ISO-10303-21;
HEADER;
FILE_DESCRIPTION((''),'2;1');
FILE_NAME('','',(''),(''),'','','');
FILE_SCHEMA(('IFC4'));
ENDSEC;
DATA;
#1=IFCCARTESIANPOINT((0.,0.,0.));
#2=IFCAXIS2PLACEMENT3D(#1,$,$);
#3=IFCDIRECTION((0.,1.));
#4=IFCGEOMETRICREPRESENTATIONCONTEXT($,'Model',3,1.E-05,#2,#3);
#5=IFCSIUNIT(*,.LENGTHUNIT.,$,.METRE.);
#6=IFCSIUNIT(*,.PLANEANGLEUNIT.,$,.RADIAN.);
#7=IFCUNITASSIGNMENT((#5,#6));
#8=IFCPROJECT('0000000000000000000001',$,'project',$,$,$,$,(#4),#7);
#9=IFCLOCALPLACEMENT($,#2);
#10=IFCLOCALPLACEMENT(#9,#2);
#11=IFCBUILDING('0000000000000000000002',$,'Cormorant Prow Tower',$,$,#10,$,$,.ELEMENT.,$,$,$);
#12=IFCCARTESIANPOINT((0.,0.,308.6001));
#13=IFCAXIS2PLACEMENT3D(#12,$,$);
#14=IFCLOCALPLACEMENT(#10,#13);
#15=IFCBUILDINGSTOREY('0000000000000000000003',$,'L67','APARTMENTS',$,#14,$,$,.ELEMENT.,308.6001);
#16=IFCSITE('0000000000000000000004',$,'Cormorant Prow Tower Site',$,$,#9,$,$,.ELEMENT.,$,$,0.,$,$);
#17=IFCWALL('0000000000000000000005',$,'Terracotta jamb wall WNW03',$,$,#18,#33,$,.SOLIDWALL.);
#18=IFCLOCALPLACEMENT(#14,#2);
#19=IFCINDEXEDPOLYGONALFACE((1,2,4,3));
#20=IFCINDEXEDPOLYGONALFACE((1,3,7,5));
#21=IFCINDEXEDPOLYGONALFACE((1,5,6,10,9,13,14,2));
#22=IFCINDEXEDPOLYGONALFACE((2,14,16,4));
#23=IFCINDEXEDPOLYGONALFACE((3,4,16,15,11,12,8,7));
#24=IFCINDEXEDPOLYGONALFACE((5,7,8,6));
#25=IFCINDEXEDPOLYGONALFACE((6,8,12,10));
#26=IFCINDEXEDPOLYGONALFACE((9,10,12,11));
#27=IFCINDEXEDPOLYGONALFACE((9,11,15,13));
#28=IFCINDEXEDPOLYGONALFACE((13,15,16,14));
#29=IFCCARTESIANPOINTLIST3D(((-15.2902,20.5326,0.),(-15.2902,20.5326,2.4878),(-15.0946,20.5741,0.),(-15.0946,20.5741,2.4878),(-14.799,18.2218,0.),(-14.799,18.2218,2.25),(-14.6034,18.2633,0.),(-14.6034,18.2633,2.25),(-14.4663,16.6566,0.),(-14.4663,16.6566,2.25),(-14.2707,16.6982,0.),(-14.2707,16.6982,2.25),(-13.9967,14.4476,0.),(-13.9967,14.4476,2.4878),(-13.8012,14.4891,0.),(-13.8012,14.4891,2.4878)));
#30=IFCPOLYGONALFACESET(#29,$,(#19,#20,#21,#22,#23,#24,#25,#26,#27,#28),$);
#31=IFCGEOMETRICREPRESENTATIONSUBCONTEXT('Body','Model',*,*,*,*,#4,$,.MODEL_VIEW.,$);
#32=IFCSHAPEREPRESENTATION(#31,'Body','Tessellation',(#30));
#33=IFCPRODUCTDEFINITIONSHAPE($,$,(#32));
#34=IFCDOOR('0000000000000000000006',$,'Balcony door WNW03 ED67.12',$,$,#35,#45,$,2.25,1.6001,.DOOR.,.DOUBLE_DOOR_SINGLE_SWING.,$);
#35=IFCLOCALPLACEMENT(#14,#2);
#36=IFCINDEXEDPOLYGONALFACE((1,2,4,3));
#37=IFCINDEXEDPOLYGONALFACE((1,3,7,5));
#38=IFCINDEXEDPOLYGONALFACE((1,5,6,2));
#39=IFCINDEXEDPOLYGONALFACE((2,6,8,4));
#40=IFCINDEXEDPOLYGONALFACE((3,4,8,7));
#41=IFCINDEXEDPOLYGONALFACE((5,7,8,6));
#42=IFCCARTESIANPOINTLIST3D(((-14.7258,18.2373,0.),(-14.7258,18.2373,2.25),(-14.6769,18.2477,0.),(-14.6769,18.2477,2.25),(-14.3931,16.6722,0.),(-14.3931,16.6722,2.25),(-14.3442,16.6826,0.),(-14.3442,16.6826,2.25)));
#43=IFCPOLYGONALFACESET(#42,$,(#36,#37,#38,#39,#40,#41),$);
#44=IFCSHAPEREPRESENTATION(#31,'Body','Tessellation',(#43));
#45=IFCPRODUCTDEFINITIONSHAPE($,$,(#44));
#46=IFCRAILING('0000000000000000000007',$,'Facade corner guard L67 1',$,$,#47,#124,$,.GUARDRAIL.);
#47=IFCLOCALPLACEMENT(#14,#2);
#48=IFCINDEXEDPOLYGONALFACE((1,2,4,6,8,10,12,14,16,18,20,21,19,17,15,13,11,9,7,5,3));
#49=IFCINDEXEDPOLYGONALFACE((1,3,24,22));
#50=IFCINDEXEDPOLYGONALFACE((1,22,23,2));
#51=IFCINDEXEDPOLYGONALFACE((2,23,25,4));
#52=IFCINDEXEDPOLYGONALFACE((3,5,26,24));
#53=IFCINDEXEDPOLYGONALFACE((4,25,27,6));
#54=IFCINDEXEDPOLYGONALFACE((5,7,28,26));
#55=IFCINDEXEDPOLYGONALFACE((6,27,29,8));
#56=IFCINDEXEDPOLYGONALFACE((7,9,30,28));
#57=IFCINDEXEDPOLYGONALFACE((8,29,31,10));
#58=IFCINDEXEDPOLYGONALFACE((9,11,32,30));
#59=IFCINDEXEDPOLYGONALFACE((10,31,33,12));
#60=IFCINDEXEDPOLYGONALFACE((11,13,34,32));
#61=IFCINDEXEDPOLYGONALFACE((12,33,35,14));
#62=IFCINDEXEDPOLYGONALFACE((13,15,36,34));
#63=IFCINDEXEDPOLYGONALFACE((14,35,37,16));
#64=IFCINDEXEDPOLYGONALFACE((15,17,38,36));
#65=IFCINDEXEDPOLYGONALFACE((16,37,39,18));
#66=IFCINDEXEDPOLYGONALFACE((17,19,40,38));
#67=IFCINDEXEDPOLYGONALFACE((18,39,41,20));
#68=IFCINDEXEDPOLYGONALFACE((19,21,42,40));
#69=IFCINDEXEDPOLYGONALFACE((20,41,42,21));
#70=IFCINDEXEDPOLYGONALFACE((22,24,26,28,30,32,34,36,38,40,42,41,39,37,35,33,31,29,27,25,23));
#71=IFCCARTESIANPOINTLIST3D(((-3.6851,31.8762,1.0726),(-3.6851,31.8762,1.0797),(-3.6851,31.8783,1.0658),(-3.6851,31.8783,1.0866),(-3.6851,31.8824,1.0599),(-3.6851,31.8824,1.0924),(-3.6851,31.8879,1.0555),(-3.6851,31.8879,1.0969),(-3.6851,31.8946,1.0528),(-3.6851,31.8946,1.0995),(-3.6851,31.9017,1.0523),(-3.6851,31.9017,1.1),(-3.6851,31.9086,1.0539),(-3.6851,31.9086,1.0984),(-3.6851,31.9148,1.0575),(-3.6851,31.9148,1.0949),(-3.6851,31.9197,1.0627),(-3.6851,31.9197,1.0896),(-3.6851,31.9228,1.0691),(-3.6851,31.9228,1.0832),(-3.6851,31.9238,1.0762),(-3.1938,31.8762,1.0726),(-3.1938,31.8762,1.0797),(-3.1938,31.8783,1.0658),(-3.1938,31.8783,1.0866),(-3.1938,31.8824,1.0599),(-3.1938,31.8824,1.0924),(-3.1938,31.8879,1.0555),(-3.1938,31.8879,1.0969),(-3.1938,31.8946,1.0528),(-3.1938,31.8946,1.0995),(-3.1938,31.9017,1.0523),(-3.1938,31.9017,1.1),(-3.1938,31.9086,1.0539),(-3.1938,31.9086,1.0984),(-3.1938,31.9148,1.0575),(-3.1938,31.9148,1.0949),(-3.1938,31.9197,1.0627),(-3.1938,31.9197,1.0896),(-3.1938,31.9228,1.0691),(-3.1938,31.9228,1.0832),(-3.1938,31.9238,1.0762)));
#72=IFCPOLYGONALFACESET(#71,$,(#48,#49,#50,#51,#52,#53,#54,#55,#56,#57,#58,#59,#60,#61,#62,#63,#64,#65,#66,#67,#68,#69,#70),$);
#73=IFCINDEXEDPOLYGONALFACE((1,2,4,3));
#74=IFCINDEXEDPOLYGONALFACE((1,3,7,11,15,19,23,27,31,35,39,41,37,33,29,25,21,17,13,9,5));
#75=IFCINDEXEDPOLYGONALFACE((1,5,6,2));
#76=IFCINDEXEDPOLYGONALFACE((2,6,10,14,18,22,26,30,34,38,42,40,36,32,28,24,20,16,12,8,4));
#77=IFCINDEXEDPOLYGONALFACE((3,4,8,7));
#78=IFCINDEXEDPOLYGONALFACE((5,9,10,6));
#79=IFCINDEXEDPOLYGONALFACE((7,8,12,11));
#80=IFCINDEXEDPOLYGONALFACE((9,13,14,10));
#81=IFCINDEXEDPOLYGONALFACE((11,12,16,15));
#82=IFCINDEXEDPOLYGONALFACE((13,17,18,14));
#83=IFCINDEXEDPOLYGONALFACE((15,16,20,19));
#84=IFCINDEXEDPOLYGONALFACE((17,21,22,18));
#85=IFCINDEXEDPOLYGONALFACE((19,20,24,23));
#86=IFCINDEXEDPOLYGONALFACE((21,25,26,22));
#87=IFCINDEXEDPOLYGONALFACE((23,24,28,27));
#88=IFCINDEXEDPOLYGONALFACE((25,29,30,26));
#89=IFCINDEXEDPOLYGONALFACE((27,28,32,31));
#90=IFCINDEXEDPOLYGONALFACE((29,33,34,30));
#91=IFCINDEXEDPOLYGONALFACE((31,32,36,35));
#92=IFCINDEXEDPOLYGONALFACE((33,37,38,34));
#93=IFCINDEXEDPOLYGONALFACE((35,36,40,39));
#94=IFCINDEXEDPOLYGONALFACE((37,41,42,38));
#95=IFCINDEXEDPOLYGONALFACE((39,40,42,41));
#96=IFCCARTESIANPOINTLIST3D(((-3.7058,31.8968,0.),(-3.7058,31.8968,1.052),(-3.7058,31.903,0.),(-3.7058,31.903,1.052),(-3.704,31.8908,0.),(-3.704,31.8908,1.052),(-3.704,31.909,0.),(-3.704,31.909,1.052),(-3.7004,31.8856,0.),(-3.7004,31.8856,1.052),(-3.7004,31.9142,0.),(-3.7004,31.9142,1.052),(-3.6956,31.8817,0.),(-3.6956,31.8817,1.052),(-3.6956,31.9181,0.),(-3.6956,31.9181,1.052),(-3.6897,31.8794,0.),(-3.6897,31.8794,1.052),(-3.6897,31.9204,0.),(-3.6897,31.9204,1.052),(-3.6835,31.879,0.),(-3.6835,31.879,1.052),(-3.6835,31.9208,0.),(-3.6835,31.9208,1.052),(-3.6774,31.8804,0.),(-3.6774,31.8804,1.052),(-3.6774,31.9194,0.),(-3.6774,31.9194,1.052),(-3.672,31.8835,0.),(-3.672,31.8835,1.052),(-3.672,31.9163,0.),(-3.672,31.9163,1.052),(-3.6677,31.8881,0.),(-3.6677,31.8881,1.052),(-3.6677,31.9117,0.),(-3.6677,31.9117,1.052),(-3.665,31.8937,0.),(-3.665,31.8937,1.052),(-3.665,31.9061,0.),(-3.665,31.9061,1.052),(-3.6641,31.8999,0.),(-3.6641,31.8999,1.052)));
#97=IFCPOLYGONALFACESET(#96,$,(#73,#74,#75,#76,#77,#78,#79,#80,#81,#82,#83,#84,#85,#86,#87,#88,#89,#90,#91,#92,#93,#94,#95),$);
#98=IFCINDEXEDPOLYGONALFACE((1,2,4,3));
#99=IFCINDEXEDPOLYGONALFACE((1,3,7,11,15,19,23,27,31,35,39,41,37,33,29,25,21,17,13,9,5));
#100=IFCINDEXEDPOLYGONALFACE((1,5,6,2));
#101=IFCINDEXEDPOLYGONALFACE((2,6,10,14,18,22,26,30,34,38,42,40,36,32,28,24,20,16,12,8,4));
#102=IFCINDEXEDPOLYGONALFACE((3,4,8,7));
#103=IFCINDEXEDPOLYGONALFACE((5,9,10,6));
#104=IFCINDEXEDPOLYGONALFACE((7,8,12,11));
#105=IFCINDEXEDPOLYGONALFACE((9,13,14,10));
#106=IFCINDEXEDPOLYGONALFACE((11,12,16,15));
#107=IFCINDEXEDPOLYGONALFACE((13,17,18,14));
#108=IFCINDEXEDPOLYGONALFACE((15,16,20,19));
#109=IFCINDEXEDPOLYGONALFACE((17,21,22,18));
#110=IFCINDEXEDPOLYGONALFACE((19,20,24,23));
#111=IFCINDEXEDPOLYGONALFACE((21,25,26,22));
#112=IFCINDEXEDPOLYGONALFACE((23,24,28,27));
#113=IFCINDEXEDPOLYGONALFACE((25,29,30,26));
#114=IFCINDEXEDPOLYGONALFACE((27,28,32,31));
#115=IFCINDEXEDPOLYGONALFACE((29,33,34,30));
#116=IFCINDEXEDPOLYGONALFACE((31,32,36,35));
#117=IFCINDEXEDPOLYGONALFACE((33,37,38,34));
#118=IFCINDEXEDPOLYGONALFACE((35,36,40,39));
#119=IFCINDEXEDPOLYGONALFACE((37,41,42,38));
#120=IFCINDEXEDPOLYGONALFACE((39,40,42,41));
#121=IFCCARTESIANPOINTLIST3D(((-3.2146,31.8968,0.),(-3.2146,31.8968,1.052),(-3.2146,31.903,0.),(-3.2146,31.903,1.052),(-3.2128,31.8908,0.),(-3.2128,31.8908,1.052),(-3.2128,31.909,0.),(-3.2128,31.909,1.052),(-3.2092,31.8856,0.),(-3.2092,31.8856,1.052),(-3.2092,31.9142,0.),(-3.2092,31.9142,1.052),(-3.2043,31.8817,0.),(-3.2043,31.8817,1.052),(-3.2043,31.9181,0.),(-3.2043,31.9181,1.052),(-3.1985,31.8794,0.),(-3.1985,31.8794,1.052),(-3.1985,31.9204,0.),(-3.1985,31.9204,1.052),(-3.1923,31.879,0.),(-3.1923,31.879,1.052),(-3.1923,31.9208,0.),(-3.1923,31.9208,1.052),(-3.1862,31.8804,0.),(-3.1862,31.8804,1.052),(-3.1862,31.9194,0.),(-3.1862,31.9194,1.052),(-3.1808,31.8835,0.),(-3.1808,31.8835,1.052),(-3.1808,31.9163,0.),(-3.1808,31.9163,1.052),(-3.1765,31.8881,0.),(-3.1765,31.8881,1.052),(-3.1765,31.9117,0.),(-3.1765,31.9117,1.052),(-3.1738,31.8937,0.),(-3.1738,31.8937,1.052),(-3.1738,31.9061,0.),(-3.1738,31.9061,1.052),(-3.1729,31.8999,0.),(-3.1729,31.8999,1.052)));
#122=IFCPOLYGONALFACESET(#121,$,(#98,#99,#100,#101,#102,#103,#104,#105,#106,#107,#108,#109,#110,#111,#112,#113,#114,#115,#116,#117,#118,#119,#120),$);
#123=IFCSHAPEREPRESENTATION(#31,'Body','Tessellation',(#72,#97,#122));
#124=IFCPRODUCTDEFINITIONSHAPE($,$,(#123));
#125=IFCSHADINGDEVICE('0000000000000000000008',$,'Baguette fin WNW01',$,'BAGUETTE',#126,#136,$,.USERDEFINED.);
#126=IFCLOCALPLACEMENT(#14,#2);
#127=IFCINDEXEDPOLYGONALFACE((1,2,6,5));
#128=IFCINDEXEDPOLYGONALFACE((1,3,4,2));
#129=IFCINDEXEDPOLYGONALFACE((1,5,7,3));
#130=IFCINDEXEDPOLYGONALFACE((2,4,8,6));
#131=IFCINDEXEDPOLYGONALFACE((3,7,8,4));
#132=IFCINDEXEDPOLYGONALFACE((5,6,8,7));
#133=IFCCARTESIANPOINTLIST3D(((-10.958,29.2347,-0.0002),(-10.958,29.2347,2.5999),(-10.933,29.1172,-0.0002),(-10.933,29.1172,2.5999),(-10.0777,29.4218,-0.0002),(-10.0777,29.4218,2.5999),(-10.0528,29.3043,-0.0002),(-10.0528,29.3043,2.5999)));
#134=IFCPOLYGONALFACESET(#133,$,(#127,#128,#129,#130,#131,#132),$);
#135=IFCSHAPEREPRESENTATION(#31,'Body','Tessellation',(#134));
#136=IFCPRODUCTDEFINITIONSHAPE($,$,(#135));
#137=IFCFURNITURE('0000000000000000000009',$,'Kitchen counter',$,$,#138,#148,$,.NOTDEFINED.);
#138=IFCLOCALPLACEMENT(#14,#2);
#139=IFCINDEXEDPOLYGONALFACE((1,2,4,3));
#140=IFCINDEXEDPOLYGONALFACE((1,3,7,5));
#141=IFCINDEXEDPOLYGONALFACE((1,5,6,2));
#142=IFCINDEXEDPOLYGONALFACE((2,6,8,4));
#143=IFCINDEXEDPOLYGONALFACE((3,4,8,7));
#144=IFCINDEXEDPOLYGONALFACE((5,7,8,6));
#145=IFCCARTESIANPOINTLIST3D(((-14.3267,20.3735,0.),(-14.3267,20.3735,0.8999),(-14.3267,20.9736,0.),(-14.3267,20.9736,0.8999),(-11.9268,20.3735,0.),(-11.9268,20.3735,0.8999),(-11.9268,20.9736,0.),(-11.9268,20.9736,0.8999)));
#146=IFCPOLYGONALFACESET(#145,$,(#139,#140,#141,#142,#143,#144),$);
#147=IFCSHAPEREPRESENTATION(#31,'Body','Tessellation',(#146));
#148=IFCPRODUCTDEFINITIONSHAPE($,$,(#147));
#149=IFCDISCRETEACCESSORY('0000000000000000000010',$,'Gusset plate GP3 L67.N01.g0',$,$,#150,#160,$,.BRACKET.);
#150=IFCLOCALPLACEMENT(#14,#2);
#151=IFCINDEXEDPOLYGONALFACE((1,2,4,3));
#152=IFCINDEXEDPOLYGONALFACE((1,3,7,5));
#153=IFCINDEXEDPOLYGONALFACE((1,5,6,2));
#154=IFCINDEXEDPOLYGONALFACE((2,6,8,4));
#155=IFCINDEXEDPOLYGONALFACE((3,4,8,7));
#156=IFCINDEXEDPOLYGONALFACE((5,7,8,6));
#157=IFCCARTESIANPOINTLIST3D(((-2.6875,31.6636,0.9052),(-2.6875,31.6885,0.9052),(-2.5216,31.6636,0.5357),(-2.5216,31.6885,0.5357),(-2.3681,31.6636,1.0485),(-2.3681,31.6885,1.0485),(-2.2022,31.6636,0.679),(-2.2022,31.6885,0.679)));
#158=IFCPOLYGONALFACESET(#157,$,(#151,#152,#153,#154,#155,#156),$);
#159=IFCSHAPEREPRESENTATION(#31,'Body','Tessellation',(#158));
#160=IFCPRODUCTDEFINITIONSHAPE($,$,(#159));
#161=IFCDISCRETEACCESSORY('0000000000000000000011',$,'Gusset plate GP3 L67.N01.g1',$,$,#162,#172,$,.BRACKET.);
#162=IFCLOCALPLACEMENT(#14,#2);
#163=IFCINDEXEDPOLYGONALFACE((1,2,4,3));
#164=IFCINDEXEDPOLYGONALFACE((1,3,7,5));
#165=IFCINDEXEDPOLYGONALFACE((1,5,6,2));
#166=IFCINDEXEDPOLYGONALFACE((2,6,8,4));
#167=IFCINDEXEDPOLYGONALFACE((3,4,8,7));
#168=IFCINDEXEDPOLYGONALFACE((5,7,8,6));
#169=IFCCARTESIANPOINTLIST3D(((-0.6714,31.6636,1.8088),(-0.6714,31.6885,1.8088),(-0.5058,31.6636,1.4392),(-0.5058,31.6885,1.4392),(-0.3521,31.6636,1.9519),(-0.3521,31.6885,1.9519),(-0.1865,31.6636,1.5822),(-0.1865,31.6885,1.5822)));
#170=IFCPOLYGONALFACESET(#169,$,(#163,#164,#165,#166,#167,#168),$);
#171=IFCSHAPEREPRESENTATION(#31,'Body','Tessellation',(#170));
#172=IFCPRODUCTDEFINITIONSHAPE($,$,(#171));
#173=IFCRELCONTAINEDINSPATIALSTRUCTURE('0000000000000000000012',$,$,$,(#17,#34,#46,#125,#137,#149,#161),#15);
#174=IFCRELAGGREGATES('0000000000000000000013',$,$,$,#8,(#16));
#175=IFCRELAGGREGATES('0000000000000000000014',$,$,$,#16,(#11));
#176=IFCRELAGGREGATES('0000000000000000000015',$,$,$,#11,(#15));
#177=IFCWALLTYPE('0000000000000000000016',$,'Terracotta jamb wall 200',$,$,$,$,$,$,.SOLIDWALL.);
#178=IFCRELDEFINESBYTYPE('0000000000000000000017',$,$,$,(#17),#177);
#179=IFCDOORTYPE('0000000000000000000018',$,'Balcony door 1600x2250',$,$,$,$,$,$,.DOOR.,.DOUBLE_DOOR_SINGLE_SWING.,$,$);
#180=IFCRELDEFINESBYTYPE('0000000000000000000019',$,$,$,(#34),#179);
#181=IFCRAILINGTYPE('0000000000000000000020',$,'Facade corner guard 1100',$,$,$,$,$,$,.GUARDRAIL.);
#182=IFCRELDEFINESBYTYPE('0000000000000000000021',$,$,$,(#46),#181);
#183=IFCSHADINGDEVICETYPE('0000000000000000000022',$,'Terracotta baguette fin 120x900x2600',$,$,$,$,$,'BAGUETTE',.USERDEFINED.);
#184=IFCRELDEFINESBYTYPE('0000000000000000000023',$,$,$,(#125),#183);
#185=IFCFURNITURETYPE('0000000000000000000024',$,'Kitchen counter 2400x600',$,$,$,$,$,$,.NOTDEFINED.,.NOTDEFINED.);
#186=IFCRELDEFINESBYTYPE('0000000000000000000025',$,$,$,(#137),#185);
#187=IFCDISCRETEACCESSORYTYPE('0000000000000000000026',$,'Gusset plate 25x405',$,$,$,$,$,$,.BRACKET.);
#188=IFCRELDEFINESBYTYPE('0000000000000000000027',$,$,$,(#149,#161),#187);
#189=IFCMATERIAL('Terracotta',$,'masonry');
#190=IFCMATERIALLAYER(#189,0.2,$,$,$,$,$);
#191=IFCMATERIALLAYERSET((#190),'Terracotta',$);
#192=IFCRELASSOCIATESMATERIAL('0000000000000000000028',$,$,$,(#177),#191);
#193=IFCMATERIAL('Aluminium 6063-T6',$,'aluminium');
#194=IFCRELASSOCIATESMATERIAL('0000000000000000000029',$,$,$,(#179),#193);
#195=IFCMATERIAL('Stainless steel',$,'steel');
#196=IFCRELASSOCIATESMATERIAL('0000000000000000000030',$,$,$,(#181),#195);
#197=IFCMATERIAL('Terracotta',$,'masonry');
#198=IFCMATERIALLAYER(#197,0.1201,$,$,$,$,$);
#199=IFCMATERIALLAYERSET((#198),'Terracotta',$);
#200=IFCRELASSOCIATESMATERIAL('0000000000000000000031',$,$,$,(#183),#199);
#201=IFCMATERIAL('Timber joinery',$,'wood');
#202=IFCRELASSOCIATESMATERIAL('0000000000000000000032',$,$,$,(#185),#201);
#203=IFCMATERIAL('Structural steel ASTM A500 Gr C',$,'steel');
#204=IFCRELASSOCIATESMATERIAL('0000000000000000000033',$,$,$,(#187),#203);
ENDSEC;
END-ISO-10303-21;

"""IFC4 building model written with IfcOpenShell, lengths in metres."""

from ifc_helpers import new_model, si_unit, direction, frame, frame_2d, origin, origin_2d, place, context, subcontext, project, spatial, rectangle, circle, extrude, material, layer, layer_set, material_profile, profile_set, type_object, element, fill, save


model = new_model("IFC4")

# Units and contexts
model_context = context("Model", 3, precision=1e-05, world=origin(), true_north=direction((0.0, 1.0)))
body_context = subcontext(model_context, "Body", "Model", "MODEL_VIEW")
ifc_project = project(units=[si_unit("LENGTHUNIT", "METRE"), si_unit("PLANEANGLEUNIT", "RADIAN")], contexts=[model_context])

# Site, building, storey
site_placement = place(None, origin())
site = spatial("IfcSite", under=ifc_project, at=site_placement, Name="Cormorant Prow Tower Site", CompositionType="ELEMENT", RefElevation=0.0)
building_placement = place(site_placement, origin())
building = spatial("IfcBuilding", under=site, at=building_placement, Name="Cormorant Prow Tower", CompositionType="ELEMENT")
storey_placement = place(building_placement, frame((0.0, 0.0, 308.6001)))
storey = spatial("IfcBuildingStorey", under=building, at=storey_placement, Name="L67", Description="APARTMENTS", CompositionType="ELEMENT", Elevation=308.6001)

# Wall, opening, door
ifc_material_1 = material(Name="Terracotta", Category="masonry")
ifc_layer_1 = layer(ifc_material_1, 0.2)
ifc_layer_set_1 = layer_set([ifc_layer_1], Name="Terracotta")
wall_type_1 = type_object("IfcWallType", Name="Terracotta jamb wall 200", PredefinedType="SOLIDWALL", material=ifc_layer_set_1)
ifc_material_2 = material(Name="Aluminium 6063-T6", Category="aluminium")
door_type = type_object("IfcDoorType", Name="Balcony door 1600x2250", OperationType="DOUBLE_DOOR_SINGLE_SWING", PredefinedType="DOOR", material=ifc_material_2)
wall_1_placement = place(storey_placement, frame((-15.1924, 20.5532, 0.0), z_axis=(0.0, 0.0, 1.0), x_axis=(0.207921, -0.978146, 0.0)))
wall_1 = element("IfcWall", 1, at=wall_1_placement, inside=storey, type_object=wall_type_1, Name="Terracotta jamb wall WNW03", PredefinedType="SOLIDWALL", context=body_context, shape_type="SweptSolid", body=[
    extrude(rectangle(XDim=6.2209, YDim=0.2, at=frame_2d((3.1104, 0.0))), origin(), (0.0, 0.0, 1.0), 2.4878),
])
opening_1_placement = place(wall_1_placement, frame((2.3623, 0.0, 0.0)))
opening_1 = element("IfcOpeningElement", 2, at=opening_1_placement, cuts=wall_1, PredefinedType="OPENING", context=body_context, shape_type="SweptSolid", body=[
    extrude(rectangle(XDim=1.6001, YDim=2.25, at=frame_2d((0.8, 1.125))), frame((0.0, 0.1099, 0.0), z_axis=(0.0, -1.0, 0.0), x_axis=(1.0, 0.0, 0.0)), (0.0, 0.0, 1.0), 0.22),
])
door_1_placement = place(opening_1_placement, origin())
door_1 = element("IfcDoor", 3, at=door_1_placement, inside=storey, type_object=door_type, Name="Balcony door WNW03 ED67.12", OperationType="DOUBLE_DOOR_SINGLE_SWING", OverallHeight=2.25, OverallWidth=1.6001, PredefinedType="DOOR", context=body_context, shape_type="SweptSolid", body=[
    extrude(rectangle(XDim=1.6001, YDim=2.25, at=frame_2d((0.8, 1.125))), frame((0.0, 0.0249, 0.0), z_axis=(0.0, -1.0, 0.0), x_axis=(1.0, 0.0, 0.0)), (0.0, 0.0, 1.0), 0.05),
])
fill(opening_1, door_1)

# Railing
ifc_material_3 = material(Name="Stainless steel", Category="steel")
railing_type_1 = type_object("IfcRailingType", Name="Facade corner guard 1100", PredefinedType="GUARDRAIL", material=ifc_material_3)
railing_1_placement = place(storey_placement, frame((-3.6851, 31.8999, 0.0)))
element("IfcRailing", 4, at=railing_1_placement, inside=storey, type_object=railing_type_1, Name="Facade corner guard L67 1", PredefinedType="GUARDRAIL", context=body_context, shape_type="SweptSolid", body=[
    extrude(circle(Radius=0.0239, at=origin_2d()), frame((0.0, 0.0, 1.0762), z_axis=(1.0, 0.0, 0.0), x_axis=(0.0, 1.0, 0.0)), (0.0, 0.0, 1.0), 0.4912),
    extrude(circle(Radius=0.021, at=origin_2d()), origin(), (0.0, 0.0, 1.0), 1.052),
    extrude(circle(Radius=0.021, at=origin_2d()), frame((0.4912, 0.0, 0.0)), (0.0, 0.0, 1.0), 1.052),
])

# Shading device
ifc_material_4 = material(Name="Terracotta", Category="masonry")
ifc_layer_2 = layer(ifc_material_4, 0.1201)
ifc_layer_set_2 = layer_set([ifc_layer_2], Name="Terracotta")
shading_device_type = type_object("IfcShadingDeviceType", Name="Terracotta baguette fin 120x900x2600", ElementType="BAGUETTE", PredefinedType="USERDEFINED", material=ifc_layer_set_2)
shading_device_placement = place(storey_placement, frame((-10.5054, 29.2695, -0.0002), z_axis=(0.0, 0.0, 1.0), x_axis=(0.207912, -0.978148, 0.0)))
element("IfcShadingDevice", 5, at=shading_device_placement, inside=storey, type_object=shading_device_type, Name="Baguette fin WNW01", ObjectType="BAGUETTE", PredefinedType="USERDEFINED", context=body_context, shape_type="SweptSolid", body=[
    extrude(rectangle(XDim=0.1201, YDim=0.8999, at=origin_2d()), origin(), (0.0, 0.0, 1.0), 2.6001),
])

# Furniture
ifc_material_5 = material(Name="Timber joinery", Category="wood")
furniture_type = type_object("IfcFurnitureType", Name="Kitchen counter 2400x600", AssemblyPlace="NOTDEFINED", PredefinedType="NOTDEFINED", material=ifc_material_5)
furniture_placement = place(storey_placement, frame((-13.1267, 20.6736, 0.0), z_axis=(0.0, 0.0, 1.0), x_axis=(1.0, 0.0, 0.0)))
element("IfcFurniture", 6, at=furniture_placement, inside=storey, type_object=furniture_type, Name="Kitchen counter", PredefinedType="NOTDEFINED", context=body_context, shape_type="SweptSolid", body=[
    extrude(rectangle(XDim=2.3999, YDim=0.6001, at=origin_2d()), origin(), (0.0, 0.0, 1.0), 0.8999),
])

# Discrete accessories
ifc_material_6 = material(Name="Structural steel ASTM A500 Gr C", Category="steel")
ifc_material_profile_1 = material_profile(ifc_material_6, rectangle(XDim=0.0249, YDim=0.405, at=origin_2d()), Name="Gusset plate 25x405")
ifc_profile_set_1 = profile_set([ifc_material_profile_1], Name="Structural steel ASTM A500 Gr C")
discrete_accessory_type = type_object("IfcDiscreteAccessoryType", Name="Gusset plate 25x405", PredefinedType="BRACKET", material=ifc_profile_set_1)
discrete_accessory_1_placement = place(storey_placement, frame((-2.2852, 31.676, 0.8638), z_axis=(-0.912339, 0.0, -0.409436), x_axis=(0.0, -1.0, 0.0)))
element("IfcDiscreteAccessory", 7, at=discrete_accessory_1_placement, inside=storey, type_object=discrete_accessory_type, Name="Gusset plate GP3 L67.N01.g0", PredefinedType="BRACKET", context=body_context, shape_type="SweptSolid", body=[
    extrude(rectangle(XDim=0.0249, YDim=0.405, at=origin_2d()), origin(), (0.0, 0.0, 1.0), 0.3501),
])
discrete_accessory_2_placement = place(storey_placement, frame((-0.5886, 31.676, 1.624), z_axis=(0.912599, 0.0, 0.408856), x_axis=(0.0, 1.0, 0.0)))
element("IfcDiscreteAccessory", 8, at=discrete_accessory_2_placement, inside=storey, type_object=discrete_accessory_type, Name="Gusset plate GP3 L67.N01.g1", PredefinedType="BRACKET", context=body_context, shape_type="SweptSolid", body=[
    extrude(rectangle(XDim=0.0249, YDim=0.405, at=origin_2d()), origin(), (0.0, 0.0, 1.0), 0.3499),
])

save(model, "model.ifc")
